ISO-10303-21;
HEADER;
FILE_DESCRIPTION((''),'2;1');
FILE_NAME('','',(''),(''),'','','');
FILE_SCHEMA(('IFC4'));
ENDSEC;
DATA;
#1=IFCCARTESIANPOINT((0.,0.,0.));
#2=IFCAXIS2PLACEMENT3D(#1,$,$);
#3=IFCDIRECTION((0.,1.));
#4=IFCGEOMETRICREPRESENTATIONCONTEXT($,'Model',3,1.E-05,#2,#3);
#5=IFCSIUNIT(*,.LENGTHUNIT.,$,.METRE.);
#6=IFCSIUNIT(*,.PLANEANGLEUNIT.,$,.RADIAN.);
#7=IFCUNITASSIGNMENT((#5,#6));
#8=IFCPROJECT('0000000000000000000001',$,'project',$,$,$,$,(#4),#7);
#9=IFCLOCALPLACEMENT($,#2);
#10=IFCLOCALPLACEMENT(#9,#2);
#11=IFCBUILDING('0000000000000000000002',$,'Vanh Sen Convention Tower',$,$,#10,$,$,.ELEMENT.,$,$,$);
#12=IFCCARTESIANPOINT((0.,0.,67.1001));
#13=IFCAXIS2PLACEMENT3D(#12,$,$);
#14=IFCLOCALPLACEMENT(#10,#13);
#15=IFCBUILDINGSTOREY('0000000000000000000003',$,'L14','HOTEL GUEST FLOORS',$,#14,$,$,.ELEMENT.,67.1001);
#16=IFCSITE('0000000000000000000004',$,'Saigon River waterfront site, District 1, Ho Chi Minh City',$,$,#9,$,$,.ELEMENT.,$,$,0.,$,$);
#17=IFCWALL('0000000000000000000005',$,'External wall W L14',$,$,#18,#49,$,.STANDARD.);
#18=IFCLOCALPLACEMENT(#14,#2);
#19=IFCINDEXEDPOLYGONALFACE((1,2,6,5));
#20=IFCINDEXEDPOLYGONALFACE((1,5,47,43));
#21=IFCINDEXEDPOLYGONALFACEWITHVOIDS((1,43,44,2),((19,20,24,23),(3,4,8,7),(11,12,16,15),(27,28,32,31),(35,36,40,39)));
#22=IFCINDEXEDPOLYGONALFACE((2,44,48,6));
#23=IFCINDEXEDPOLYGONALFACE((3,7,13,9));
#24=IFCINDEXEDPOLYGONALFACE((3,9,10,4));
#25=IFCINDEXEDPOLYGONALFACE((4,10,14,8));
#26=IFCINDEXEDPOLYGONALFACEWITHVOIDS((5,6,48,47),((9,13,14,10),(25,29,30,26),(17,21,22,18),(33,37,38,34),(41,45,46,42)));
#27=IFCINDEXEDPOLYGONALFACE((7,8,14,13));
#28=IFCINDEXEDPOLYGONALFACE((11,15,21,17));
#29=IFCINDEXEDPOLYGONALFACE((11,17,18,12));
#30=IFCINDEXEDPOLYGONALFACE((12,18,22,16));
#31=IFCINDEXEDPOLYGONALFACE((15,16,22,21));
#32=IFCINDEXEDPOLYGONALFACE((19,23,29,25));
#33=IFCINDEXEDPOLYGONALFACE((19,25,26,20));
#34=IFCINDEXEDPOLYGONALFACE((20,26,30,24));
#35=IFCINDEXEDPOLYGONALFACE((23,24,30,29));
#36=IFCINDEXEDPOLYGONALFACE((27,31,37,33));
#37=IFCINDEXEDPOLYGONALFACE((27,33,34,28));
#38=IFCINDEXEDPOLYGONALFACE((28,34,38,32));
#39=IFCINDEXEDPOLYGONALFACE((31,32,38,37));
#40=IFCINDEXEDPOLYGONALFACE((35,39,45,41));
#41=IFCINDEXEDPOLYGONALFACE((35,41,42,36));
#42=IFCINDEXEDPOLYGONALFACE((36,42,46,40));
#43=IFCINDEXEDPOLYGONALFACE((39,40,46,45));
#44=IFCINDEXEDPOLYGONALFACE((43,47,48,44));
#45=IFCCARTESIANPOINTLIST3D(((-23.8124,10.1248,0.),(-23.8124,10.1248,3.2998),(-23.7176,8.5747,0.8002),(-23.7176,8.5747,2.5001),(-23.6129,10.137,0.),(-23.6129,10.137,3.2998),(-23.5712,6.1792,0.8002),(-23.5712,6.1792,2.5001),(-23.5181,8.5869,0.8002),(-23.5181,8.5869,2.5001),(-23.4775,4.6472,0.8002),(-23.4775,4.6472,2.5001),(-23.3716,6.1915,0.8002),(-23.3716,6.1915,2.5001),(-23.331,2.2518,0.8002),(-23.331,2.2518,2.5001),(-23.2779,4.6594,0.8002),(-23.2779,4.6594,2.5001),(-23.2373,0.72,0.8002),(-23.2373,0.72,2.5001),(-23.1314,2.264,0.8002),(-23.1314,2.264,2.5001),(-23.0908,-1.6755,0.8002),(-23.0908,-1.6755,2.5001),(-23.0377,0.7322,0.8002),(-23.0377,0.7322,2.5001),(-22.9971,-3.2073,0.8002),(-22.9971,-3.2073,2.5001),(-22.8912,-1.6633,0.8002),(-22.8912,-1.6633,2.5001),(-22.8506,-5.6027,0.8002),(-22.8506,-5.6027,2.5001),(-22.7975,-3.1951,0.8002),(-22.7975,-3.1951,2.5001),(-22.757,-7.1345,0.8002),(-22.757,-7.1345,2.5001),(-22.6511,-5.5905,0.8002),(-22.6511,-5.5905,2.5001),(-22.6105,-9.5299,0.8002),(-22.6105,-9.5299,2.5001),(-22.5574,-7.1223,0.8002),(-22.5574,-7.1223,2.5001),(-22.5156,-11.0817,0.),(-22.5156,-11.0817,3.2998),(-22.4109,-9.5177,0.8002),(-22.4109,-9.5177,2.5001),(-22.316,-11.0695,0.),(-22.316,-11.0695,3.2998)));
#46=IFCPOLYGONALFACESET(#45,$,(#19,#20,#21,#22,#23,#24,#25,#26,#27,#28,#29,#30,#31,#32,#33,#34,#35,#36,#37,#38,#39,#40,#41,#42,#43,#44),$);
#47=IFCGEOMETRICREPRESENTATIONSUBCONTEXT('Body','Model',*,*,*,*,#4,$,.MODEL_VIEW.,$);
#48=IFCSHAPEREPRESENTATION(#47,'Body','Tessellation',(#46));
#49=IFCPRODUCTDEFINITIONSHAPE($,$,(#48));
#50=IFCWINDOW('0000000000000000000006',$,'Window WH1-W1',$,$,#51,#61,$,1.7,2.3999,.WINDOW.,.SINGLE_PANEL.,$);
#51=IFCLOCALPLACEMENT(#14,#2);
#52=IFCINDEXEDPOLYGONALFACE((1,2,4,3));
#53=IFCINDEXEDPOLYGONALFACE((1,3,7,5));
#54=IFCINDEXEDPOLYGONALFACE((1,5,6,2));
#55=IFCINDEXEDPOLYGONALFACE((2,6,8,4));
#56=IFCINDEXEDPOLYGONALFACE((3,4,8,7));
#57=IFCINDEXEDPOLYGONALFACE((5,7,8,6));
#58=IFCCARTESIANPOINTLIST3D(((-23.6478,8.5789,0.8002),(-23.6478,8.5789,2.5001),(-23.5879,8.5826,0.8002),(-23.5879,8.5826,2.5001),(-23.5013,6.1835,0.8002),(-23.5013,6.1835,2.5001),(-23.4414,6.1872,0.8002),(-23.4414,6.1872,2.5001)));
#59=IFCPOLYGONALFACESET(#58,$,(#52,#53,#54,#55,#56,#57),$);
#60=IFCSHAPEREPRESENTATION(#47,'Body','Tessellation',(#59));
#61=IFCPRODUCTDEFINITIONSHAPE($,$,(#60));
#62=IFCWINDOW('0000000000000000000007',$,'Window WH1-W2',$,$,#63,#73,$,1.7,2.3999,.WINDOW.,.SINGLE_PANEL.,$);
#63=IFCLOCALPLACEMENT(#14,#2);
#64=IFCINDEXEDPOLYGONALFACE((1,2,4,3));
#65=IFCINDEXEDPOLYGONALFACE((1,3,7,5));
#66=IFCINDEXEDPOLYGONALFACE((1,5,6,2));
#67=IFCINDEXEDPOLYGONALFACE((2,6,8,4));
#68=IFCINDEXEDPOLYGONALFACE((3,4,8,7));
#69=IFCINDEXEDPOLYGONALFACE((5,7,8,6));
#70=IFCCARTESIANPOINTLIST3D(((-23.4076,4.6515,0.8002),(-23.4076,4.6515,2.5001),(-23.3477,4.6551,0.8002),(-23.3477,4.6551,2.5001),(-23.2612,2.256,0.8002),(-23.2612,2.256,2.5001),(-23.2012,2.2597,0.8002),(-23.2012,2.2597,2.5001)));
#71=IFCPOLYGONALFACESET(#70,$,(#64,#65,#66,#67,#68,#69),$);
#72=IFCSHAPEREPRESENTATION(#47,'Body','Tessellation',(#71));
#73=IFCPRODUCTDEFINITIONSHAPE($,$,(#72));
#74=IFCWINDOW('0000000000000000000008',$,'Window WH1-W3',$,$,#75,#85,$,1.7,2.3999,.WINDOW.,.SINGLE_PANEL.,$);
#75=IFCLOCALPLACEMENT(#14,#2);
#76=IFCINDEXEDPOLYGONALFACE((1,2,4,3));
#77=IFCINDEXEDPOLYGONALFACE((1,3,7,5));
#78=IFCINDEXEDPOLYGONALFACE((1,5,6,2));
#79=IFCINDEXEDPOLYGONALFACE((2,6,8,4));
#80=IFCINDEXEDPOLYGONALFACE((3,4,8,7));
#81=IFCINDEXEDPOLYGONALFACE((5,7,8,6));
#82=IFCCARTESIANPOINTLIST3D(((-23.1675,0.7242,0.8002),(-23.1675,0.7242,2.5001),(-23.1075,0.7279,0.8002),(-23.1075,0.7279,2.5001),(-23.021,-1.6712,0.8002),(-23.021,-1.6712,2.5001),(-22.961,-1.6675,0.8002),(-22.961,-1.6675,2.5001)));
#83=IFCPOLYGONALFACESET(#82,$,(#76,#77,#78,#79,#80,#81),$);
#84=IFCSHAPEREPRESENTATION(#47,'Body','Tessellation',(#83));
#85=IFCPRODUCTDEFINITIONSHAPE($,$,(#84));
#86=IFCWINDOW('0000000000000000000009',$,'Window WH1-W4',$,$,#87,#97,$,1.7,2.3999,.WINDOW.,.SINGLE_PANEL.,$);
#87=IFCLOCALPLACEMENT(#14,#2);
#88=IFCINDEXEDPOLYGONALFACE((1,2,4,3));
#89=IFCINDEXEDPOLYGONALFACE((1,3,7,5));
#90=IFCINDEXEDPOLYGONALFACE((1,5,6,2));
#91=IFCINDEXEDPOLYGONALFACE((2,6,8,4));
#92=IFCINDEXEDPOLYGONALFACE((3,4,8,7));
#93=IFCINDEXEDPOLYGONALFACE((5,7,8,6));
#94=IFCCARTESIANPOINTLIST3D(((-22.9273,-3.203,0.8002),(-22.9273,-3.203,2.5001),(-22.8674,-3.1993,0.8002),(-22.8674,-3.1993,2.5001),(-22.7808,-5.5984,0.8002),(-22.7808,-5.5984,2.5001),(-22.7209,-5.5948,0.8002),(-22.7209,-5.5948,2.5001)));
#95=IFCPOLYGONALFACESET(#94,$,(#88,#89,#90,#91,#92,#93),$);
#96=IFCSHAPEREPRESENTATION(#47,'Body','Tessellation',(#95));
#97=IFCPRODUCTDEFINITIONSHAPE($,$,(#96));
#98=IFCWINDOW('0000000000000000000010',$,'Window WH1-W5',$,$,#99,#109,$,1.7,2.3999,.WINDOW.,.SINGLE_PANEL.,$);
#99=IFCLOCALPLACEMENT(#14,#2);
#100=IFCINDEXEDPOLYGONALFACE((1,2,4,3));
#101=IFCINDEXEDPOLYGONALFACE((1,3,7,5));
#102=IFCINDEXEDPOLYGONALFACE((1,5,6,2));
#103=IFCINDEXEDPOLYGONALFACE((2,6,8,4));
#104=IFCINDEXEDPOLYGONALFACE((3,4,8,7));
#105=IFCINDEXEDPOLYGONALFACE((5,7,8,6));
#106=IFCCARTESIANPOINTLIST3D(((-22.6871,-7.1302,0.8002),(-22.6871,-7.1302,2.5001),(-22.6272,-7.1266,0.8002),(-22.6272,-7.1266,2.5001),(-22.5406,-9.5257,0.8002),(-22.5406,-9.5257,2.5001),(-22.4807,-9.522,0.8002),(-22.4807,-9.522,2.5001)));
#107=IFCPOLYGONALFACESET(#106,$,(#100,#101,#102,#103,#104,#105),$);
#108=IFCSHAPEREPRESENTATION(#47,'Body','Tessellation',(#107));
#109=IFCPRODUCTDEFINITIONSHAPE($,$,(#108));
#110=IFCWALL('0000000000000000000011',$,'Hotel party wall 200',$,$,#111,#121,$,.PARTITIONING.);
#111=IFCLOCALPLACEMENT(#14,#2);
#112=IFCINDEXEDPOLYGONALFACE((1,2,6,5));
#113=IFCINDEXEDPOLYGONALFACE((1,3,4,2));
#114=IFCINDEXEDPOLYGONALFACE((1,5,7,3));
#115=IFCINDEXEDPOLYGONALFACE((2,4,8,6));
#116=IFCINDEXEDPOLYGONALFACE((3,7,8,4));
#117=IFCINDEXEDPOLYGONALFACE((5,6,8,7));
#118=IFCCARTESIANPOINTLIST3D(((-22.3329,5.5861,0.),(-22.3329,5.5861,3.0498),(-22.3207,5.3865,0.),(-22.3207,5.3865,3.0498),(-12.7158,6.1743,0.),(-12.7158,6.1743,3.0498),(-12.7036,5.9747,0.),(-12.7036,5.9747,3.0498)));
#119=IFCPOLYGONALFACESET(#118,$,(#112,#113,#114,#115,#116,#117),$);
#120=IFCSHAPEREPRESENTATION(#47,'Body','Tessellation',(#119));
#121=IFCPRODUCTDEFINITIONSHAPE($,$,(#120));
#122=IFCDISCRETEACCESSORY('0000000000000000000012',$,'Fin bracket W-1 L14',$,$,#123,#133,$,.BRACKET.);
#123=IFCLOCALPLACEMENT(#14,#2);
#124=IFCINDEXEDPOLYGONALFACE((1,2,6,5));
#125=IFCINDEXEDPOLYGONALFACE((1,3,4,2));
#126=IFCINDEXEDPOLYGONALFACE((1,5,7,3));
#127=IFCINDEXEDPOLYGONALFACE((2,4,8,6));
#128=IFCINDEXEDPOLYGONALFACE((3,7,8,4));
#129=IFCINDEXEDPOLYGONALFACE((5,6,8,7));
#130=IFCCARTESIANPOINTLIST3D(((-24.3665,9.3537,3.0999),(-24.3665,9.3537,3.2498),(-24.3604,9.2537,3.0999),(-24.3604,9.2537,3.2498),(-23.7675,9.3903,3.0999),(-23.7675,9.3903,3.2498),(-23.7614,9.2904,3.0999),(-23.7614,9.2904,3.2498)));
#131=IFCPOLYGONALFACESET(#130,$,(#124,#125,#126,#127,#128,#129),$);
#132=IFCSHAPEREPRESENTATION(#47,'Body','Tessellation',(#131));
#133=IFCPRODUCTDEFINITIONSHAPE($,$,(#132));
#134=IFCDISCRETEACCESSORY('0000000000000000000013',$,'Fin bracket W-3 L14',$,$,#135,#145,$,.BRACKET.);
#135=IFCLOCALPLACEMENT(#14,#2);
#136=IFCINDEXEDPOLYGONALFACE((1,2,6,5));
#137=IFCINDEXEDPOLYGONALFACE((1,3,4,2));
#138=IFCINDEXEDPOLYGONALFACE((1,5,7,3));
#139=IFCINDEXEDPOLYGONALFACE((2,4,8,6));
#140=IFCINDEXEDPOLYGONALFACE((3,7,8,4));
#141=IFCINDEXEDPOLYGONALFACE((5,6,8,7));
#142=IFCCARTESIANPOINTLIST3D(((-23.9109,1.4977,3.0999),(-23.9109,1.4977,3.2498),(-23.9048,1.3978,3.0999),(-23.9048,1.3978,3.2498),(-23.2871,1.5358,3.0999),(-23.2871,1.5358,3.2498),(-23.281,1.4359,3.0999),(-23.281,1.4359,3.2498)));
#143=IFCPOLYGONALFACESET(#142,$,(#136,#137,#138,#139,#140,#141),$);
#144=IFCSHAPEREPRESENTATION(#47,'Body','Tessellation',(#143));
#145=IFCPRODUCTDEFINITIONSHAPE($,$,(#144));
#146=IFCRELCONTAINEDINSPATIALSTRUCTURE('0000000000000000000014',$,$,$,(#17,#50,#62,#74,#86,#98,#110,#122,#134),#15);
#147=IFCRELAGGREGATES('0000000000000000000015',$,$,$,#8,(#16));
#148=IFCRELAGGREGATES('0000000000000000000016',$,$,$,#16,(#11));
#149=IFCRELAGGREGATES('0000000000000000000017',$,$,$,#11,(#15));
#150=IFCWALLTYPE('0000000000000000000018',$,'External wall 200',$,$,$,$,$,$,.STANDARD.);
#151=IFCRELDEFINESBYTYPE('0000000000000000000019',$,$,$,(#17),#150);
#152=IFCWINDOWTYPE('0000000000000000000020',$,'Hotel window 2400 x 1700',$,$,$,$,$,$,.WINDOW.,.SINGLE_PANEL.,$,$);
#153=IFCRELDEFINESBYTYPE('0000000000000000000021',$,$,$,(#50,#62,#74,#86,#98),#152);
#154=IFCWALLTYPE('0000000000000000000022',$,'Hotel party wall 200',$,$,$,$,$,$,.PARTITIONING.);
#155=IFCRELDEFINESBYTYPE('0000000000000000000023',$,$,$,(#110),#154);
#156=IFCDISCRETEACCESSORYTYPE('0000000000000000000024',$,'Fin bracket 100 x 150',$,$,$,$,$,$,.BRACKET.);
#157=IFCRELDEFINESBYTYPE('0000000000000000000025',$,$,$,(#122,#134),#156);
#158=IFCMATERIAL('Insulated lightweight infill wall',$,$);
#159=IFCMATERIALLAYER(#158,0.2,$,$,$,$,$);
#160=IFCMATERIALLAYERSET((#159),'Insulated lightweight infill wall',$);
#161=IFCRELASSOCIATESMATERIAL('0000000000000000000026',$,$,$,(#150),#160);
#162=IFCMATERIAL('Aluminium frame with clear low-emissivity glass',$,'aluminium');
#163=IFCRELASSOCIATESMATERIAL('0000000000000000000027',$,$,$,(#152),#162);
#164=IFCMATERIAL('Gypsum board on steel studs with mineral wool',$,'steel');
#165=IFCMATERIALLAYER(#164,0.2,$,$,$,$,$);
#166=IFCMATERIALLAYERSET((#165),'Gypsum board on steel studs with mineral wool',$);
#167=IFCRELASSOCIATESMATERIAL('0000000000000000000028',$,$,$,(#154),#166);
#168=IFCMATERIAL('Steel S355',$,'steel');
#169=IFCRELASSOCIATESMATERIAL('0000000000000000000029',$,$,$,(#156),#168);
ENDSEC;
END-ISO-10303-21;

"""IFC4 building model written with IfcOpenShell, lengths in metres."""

from ifc_helpers import new_model, si_unit, direction, frame, frame_2d, origin, origin_2d, place, context, subcontext, project, spatial, rectangle, extrude, material, layer, layer_set, type_object, element, fill, save


model = new_model("IFC4")

# Units and contexts
model_context = context("Model", 3, precision=1e-05, world=origin(), true_north=direction((0.0, 1.0)))
body_context = subcontext(model_context, "Body", "Model", "MODEL_VIEW")
ifc_project = project(units=[si_unit("LENGTHUNIT", "METRE"), si_unit("PLANEANGLEUNIT", "RADIAN")], contexts=[model_context])

# Site, building, storey
site_placement = place(None, origin())
site = spatial("IfcSite", under=ifc_project, at=site_placement, Name="Saigon River waterfront site, District 1, Ho Chi Minh City", CompositionType="ELEMENT", RefElevation=0.0)
building_placement = place(site_placement, origin())
building = spatial("IfcBuilding", under=site, at=building_placement, Name="Vanh Sen Convention Tower", CompositionType="ELEMENT")
storey_placement = place(building_placement, frame((0.0, 0.0, 67.1001)))
storey = spatial("IfcBuildingStorey", under=building, at=storey_placement, Name="L14", Description="HOTEL GUEST FLOORS", CompositionType="ELEMENT", Elevation=67.1001)

# Shared definitions
ifc_material_1 = material(Name="Gypsum board on steel studs with mineral wool", Category="steel")

# Wall, openings, windows
ifc_material_2 = material(Name="Insulated lightweight infill wall")
ifc_layer_1 = layer(ifc_material_2, 0.2)
ifc_layer_set_1 = layer_set([ifc_layer_1], Name="Insulated lightweight infill wall")
wall_type_1 = type_object("IfcWallType", Name="External wall 200", PredefinedType="STANDARD", material=ifc_layer_set_1)
wall_1_placement = place(storey_placement, frame((-23.7126, 10.1309, 0.0), z_axis=(0.0, 0.0, 1.0), x_axis=(0.06104, -0.998135, 0.0)))
wall_1 = element("IfcWall", 1, at=wall_1_placement, inside=storey, type_object=wall_type_1, Name="External wall W L14", PredefinedType="STANDARD", context=body_context, shape_type="SweptSolid", body=[
    extrude(rectangle(XDim=21.2461, YDim=0.2, at=frame_2d((10.623, 0.0))), origin(), (0.0, 0.0, 1.0), 3.2998),
])
opening_1_placement = place(wall_1_placement, frame((1.553, 0.0, 0.8)))
opening_1 = element("IfcOpeningElement", 2, at=opening_1_placement, cuts=wall_1, PredefinedType="OPENING", context=body_context, shape_type="SweptSolid", body=[
    extrude(rectangle(XDim=2.3999, YDim=1.7, at=frame_2d((1.2, 0.8501))), frame((0.0, 0.1099, 0.0), z_axis=(0.0, -1.0, 0.0), x_axis=(1.0, 0.0, 0.0)), (0.0, 0.0, 1.0), 0.22),
])
opening_2_placement = place(wall_1_placement, frame((5.4878, 0.0, 0.8)))
opening_2 = element("IfcOpeningElement", 3, at=opening_2_placement, cuts=wall_1, PredefinedType="OPENING", context=body_context, shape_type="SweptSolid", body=[
    extrude(rectangle(XDim=2.3999, YDim=1.7, at=frame_2d((1.2, 0.8501))), frame((0.0, 0.1099, 0.0), z_axis=(0.0, -1.0, 0.0), x_axis=(1.0, 0.0, 0.0)), (0.0, 0.0, 1.0), 0.22),
])
opening_3_placement = place(wall_1_placement, frame((9.4224, 0.0, 0.8)))
opening_3 = element("IfcOpeningElement", 4, at=opening_3_placement, cuts=wall_1, PredefinedType="OPENING", context=body_context, shape_type="SweptSolid", body=[
    extrude(rectangle(XDim=2.3999, YDim=1.7, at=frame_2d((1.2, 0.8501))), frame((0.0, 0.1099, 0.0), z_axis=(0.0, -1.0, 0.0), x_axis=(1.0, 0.0, 0.0)), (0.0, 0.0, 1.0), 0.22),
])
opening_4_placement = place(wall_1_placement, frame((13.3569, 0.0, 0.8)))
opening_4 = element("IfcOpeningElement", 5, at=opening_4_placement, cuts=wall_1, PredefinedType="OPENING", context=body_context, shape_type="SweptSolid", body=[
    extrude(rectangle(XDim=2.3999, YDim=1.7, at=frame_2d((1.2, 0.8501))), frame((0.0, 0.1099, 0.0), z_axis=(0.0, -1.0, 0.0), x_axis=(1.0, 0.0, 0.0)), (0.0, 0.0, 1.0), 0.22),
])
opening_5_placement = place(wall_1_placement, frame((17.2915, 0.0, 0.8)))
opening_5 = element("IfcOpeningElement", 6, at=opening_5_placement, cuts=wall_1, PredefinedType="OPENING", context=body_context, shape_type="SweptSolid", body=[
    extrude(rectangle(XDim=2.3999, YDim=1.7, at=frame_2d((1.2, 0.8501))), frame((0.0, 0.1099, 0.0), z_axis=(0.0, -1.0, 0.0), x_axis=(1.0, 0.0, 0.0)), (0.0, 0.0, 1.0), 0.22),
])
ifc_material_3 = material(Name="Aluminium frame with clear low-emissivity glass", Category="aluminium")
window_type = type_object("IfcWindowType", Name="Hotel window 2400 x 1700", PartitioningType="SINGLE_PANEL", PredefinedType="WINDOW", material=ifc_material_3)
window_1_placement = place(opening_1_placement, origin())
window_1 = element("IfcWindow", 7, at=window_1_placement, inside=storey, type_object=window_type, Name="Window WH1-W1", OverallHeight=1.7, OverallWidth=2.3999, PartitioningType="SINGLE_PANEL", PredefinedType="WINDOW", context=body_context, shape_type="SweptSolid", body=[
    extrude(rectangle(XDim=2.3999, YDim=1.7, at=frame_2d((1.2, 0.8501))), frame((0.0, 0.03, 0.0), z_axis=(0.0, -1.0, 0.0), x_axis=(1.0, 0.0, 0.0)), (0.0, 0.0, 1.0), 0.0601),
])
fill(opening_1, window_1)
window_2_placement = place(opening_2_placement, origin())
window_2 = element("IfcWindow", 8, at=window_2_placement, inside=storey, type_object=window_type, Name="Window WH1-W2", OverallHeight=1.7, OverallWidth=2.3999, PartitioningType="SINGLE_PANEL", PredefinedType="WINDOW", context=body_context, shape_type="SweptSolid", body=[
    extrude(rectangle(XDim=2.3999, YDim=1.7, at=frame_2d((1.2, 0.8501))), frame((0.0, 0.03, 0.0), z_axis=(0.0, -1.0, 0.0), x_axis=(1.0, 0.0, 0.0)), (0.0, 0.0, 1.0), 0.0601),
])
fill(opening_2, window_2)
window_3_placement = place(opening_3_placement, origin())
window_3 = element("IfcWindow", 9, at=window_3_placement, inside=storey, type_object=window_type, Name="Window WH1-W3", OverallHeight=1.7, OverallWidth=2.3999, PartitioningType="SINGLE_PANEL", PredefinedType="WINDOW", context=body_context, shape_type="SweptSolid", body=[
    extrude(rectangle(XDim=2.3999, YDim=1.7, at=frame_2d((1.2, 0.8501))), frame((0.0, 0.03, 0.0), z_axis=(0.0, -1.0, 0.0), x_axis=(1.0, 0.0, 0.0)), (0.0, 0.0, 1.0), 0.0601),
])
fill(opening_3, window_3)
window_4_placement = place(opening_4_placement, origin())
window_4 = element("IfcWindow", 10, at=window_4_placement, inside=storey, type_object=window_type, Name="Window WH1-W4", OverallHeight=1.7, OverallWidth=2.3999, PartitioningType="SINGLE_PANEL", PredefinedType="WINDOW", context=body_context, shape_type="SweptSolid", body=[
    extrude(rectangle(XDim=2.3999, YDim=1.7, at=frame_2d((1.2, 0.8501))), frame((0.0, 0.03, 0.0), z_axis=(0.0, -1.0, 0.0), x_axis=(1.0, 0.0, 0.0)), (0.0, 0.0, 1.0), 0.0601),
])
fill(opening_4, window_4)
window_5_placement = place(opening_5_placement, origin())
window_5 = element("IfcWindow", 11, at=window_5_placement, inside=storey, type_object=window_type, Name="Window WH1-W5", OverallHeight=1.7, OverallWidth=2.3999, PartitioningType="SINGLE_PANEL", PredefinedType="WINDOW", context=body_context, shape_type="SweptSolid", body=[
    extrude(rectangle(XDim=2.3999, YDim=1.7, at=frame_2d((1.2, 0.8501))), frame((0.0, 0.03, 0.0), z_axis=(0.0, -1.0, 0.0), x_axis=(1.0, 0.0, 0.0)), (0.0, 0.0, 1.0), 0.0601),
])
fill(opening_5, window_5)

# Wall
ifc_layer_2 = layer(ifc_material_1, 0.2)
ifc_layer_set_2 = layer_set([ifc_layer_2], Name="Gypsum board on steel studs with mineral wool")
wall_type_2 = type_object("IfcWallType", Name="Hotel party wall 200", PredefinedType="PARTITIONING", material=ifc_layer_set_2)
wall_2_placement = place(storey_placement, frame((-22.3267, 5.4863, 0.0), z_axis=(0.0, 0.0, 1.0), x_axis=(0.998135, 0.061042, 0.0)))
element("IfcWall", 12, at=wall_2_placement, inside=storey, type_object=wall_type_2, Name="Hotel party wall 200", PredefinedType="PARTITIONING", context=body_context, shape_type="SweptSolid", body=[
    extrude(rectangle(XDim=9.635, YDim=0.2, at=frame_2d((4.8174, 0.0))), origin(), (0.0, 0.0, 1.0), 3.0498),
])

# Discrete accessories
ifc_material_4 = material(Name="Steel S355", Category="steel")
discrete_accessory_type = type_object("IfcDiscreteAccessoryType", Name="Fin bracket 100 x 150", PredefinedType="BRACKET", material=ifc_material_4)
discrete_accessory_1_placement = place(storey_placement, frame((-24.064, 9.322, 3.0999), z_axis=(0.0, 0.0, 1.0), x_axis=(-0.998135, -0.061049, 0.0)))
element("IfcDiscreteAccessory", 13, at=discrete_accessory_1_placement, inside=storey, type_object=discrete_accessory_type, Name="Fin bracket W-1 L14", PredefinedType="BRACKET", context=body_context, shape_type="SweptSolid", body=[
    extrude(rectangle(XDim=0.6001, YDim=0.1001, at=origin_2d()), origin(), (0.0, 0.0, 1.0), 0.1499),
])
discrete_accessory_2_placement = place(storey_placement, frame((-23.5959, 1.4668, 3.0999), z_axis=(0.0, 0.0, 1.0), x_axis=(-0.998135, -0.061049, 0.0)))
element("IfcDiscreteAccessory", 14, at=discrete_accessory_2_placement, inside=storey, type_object=discrete_accessory_type, Name="Fin bracket W-3 L14", PredefinedType="BRACKET", context=body_context, shape_type="SweptSolid", body=[
    extrude(rectangle(XDim=0.625, YDim=0.1001, at=origin_2d()), origin(), (0.0, 0.0, 1.0), 0.1499),
])

save(model, "model.ifc")
